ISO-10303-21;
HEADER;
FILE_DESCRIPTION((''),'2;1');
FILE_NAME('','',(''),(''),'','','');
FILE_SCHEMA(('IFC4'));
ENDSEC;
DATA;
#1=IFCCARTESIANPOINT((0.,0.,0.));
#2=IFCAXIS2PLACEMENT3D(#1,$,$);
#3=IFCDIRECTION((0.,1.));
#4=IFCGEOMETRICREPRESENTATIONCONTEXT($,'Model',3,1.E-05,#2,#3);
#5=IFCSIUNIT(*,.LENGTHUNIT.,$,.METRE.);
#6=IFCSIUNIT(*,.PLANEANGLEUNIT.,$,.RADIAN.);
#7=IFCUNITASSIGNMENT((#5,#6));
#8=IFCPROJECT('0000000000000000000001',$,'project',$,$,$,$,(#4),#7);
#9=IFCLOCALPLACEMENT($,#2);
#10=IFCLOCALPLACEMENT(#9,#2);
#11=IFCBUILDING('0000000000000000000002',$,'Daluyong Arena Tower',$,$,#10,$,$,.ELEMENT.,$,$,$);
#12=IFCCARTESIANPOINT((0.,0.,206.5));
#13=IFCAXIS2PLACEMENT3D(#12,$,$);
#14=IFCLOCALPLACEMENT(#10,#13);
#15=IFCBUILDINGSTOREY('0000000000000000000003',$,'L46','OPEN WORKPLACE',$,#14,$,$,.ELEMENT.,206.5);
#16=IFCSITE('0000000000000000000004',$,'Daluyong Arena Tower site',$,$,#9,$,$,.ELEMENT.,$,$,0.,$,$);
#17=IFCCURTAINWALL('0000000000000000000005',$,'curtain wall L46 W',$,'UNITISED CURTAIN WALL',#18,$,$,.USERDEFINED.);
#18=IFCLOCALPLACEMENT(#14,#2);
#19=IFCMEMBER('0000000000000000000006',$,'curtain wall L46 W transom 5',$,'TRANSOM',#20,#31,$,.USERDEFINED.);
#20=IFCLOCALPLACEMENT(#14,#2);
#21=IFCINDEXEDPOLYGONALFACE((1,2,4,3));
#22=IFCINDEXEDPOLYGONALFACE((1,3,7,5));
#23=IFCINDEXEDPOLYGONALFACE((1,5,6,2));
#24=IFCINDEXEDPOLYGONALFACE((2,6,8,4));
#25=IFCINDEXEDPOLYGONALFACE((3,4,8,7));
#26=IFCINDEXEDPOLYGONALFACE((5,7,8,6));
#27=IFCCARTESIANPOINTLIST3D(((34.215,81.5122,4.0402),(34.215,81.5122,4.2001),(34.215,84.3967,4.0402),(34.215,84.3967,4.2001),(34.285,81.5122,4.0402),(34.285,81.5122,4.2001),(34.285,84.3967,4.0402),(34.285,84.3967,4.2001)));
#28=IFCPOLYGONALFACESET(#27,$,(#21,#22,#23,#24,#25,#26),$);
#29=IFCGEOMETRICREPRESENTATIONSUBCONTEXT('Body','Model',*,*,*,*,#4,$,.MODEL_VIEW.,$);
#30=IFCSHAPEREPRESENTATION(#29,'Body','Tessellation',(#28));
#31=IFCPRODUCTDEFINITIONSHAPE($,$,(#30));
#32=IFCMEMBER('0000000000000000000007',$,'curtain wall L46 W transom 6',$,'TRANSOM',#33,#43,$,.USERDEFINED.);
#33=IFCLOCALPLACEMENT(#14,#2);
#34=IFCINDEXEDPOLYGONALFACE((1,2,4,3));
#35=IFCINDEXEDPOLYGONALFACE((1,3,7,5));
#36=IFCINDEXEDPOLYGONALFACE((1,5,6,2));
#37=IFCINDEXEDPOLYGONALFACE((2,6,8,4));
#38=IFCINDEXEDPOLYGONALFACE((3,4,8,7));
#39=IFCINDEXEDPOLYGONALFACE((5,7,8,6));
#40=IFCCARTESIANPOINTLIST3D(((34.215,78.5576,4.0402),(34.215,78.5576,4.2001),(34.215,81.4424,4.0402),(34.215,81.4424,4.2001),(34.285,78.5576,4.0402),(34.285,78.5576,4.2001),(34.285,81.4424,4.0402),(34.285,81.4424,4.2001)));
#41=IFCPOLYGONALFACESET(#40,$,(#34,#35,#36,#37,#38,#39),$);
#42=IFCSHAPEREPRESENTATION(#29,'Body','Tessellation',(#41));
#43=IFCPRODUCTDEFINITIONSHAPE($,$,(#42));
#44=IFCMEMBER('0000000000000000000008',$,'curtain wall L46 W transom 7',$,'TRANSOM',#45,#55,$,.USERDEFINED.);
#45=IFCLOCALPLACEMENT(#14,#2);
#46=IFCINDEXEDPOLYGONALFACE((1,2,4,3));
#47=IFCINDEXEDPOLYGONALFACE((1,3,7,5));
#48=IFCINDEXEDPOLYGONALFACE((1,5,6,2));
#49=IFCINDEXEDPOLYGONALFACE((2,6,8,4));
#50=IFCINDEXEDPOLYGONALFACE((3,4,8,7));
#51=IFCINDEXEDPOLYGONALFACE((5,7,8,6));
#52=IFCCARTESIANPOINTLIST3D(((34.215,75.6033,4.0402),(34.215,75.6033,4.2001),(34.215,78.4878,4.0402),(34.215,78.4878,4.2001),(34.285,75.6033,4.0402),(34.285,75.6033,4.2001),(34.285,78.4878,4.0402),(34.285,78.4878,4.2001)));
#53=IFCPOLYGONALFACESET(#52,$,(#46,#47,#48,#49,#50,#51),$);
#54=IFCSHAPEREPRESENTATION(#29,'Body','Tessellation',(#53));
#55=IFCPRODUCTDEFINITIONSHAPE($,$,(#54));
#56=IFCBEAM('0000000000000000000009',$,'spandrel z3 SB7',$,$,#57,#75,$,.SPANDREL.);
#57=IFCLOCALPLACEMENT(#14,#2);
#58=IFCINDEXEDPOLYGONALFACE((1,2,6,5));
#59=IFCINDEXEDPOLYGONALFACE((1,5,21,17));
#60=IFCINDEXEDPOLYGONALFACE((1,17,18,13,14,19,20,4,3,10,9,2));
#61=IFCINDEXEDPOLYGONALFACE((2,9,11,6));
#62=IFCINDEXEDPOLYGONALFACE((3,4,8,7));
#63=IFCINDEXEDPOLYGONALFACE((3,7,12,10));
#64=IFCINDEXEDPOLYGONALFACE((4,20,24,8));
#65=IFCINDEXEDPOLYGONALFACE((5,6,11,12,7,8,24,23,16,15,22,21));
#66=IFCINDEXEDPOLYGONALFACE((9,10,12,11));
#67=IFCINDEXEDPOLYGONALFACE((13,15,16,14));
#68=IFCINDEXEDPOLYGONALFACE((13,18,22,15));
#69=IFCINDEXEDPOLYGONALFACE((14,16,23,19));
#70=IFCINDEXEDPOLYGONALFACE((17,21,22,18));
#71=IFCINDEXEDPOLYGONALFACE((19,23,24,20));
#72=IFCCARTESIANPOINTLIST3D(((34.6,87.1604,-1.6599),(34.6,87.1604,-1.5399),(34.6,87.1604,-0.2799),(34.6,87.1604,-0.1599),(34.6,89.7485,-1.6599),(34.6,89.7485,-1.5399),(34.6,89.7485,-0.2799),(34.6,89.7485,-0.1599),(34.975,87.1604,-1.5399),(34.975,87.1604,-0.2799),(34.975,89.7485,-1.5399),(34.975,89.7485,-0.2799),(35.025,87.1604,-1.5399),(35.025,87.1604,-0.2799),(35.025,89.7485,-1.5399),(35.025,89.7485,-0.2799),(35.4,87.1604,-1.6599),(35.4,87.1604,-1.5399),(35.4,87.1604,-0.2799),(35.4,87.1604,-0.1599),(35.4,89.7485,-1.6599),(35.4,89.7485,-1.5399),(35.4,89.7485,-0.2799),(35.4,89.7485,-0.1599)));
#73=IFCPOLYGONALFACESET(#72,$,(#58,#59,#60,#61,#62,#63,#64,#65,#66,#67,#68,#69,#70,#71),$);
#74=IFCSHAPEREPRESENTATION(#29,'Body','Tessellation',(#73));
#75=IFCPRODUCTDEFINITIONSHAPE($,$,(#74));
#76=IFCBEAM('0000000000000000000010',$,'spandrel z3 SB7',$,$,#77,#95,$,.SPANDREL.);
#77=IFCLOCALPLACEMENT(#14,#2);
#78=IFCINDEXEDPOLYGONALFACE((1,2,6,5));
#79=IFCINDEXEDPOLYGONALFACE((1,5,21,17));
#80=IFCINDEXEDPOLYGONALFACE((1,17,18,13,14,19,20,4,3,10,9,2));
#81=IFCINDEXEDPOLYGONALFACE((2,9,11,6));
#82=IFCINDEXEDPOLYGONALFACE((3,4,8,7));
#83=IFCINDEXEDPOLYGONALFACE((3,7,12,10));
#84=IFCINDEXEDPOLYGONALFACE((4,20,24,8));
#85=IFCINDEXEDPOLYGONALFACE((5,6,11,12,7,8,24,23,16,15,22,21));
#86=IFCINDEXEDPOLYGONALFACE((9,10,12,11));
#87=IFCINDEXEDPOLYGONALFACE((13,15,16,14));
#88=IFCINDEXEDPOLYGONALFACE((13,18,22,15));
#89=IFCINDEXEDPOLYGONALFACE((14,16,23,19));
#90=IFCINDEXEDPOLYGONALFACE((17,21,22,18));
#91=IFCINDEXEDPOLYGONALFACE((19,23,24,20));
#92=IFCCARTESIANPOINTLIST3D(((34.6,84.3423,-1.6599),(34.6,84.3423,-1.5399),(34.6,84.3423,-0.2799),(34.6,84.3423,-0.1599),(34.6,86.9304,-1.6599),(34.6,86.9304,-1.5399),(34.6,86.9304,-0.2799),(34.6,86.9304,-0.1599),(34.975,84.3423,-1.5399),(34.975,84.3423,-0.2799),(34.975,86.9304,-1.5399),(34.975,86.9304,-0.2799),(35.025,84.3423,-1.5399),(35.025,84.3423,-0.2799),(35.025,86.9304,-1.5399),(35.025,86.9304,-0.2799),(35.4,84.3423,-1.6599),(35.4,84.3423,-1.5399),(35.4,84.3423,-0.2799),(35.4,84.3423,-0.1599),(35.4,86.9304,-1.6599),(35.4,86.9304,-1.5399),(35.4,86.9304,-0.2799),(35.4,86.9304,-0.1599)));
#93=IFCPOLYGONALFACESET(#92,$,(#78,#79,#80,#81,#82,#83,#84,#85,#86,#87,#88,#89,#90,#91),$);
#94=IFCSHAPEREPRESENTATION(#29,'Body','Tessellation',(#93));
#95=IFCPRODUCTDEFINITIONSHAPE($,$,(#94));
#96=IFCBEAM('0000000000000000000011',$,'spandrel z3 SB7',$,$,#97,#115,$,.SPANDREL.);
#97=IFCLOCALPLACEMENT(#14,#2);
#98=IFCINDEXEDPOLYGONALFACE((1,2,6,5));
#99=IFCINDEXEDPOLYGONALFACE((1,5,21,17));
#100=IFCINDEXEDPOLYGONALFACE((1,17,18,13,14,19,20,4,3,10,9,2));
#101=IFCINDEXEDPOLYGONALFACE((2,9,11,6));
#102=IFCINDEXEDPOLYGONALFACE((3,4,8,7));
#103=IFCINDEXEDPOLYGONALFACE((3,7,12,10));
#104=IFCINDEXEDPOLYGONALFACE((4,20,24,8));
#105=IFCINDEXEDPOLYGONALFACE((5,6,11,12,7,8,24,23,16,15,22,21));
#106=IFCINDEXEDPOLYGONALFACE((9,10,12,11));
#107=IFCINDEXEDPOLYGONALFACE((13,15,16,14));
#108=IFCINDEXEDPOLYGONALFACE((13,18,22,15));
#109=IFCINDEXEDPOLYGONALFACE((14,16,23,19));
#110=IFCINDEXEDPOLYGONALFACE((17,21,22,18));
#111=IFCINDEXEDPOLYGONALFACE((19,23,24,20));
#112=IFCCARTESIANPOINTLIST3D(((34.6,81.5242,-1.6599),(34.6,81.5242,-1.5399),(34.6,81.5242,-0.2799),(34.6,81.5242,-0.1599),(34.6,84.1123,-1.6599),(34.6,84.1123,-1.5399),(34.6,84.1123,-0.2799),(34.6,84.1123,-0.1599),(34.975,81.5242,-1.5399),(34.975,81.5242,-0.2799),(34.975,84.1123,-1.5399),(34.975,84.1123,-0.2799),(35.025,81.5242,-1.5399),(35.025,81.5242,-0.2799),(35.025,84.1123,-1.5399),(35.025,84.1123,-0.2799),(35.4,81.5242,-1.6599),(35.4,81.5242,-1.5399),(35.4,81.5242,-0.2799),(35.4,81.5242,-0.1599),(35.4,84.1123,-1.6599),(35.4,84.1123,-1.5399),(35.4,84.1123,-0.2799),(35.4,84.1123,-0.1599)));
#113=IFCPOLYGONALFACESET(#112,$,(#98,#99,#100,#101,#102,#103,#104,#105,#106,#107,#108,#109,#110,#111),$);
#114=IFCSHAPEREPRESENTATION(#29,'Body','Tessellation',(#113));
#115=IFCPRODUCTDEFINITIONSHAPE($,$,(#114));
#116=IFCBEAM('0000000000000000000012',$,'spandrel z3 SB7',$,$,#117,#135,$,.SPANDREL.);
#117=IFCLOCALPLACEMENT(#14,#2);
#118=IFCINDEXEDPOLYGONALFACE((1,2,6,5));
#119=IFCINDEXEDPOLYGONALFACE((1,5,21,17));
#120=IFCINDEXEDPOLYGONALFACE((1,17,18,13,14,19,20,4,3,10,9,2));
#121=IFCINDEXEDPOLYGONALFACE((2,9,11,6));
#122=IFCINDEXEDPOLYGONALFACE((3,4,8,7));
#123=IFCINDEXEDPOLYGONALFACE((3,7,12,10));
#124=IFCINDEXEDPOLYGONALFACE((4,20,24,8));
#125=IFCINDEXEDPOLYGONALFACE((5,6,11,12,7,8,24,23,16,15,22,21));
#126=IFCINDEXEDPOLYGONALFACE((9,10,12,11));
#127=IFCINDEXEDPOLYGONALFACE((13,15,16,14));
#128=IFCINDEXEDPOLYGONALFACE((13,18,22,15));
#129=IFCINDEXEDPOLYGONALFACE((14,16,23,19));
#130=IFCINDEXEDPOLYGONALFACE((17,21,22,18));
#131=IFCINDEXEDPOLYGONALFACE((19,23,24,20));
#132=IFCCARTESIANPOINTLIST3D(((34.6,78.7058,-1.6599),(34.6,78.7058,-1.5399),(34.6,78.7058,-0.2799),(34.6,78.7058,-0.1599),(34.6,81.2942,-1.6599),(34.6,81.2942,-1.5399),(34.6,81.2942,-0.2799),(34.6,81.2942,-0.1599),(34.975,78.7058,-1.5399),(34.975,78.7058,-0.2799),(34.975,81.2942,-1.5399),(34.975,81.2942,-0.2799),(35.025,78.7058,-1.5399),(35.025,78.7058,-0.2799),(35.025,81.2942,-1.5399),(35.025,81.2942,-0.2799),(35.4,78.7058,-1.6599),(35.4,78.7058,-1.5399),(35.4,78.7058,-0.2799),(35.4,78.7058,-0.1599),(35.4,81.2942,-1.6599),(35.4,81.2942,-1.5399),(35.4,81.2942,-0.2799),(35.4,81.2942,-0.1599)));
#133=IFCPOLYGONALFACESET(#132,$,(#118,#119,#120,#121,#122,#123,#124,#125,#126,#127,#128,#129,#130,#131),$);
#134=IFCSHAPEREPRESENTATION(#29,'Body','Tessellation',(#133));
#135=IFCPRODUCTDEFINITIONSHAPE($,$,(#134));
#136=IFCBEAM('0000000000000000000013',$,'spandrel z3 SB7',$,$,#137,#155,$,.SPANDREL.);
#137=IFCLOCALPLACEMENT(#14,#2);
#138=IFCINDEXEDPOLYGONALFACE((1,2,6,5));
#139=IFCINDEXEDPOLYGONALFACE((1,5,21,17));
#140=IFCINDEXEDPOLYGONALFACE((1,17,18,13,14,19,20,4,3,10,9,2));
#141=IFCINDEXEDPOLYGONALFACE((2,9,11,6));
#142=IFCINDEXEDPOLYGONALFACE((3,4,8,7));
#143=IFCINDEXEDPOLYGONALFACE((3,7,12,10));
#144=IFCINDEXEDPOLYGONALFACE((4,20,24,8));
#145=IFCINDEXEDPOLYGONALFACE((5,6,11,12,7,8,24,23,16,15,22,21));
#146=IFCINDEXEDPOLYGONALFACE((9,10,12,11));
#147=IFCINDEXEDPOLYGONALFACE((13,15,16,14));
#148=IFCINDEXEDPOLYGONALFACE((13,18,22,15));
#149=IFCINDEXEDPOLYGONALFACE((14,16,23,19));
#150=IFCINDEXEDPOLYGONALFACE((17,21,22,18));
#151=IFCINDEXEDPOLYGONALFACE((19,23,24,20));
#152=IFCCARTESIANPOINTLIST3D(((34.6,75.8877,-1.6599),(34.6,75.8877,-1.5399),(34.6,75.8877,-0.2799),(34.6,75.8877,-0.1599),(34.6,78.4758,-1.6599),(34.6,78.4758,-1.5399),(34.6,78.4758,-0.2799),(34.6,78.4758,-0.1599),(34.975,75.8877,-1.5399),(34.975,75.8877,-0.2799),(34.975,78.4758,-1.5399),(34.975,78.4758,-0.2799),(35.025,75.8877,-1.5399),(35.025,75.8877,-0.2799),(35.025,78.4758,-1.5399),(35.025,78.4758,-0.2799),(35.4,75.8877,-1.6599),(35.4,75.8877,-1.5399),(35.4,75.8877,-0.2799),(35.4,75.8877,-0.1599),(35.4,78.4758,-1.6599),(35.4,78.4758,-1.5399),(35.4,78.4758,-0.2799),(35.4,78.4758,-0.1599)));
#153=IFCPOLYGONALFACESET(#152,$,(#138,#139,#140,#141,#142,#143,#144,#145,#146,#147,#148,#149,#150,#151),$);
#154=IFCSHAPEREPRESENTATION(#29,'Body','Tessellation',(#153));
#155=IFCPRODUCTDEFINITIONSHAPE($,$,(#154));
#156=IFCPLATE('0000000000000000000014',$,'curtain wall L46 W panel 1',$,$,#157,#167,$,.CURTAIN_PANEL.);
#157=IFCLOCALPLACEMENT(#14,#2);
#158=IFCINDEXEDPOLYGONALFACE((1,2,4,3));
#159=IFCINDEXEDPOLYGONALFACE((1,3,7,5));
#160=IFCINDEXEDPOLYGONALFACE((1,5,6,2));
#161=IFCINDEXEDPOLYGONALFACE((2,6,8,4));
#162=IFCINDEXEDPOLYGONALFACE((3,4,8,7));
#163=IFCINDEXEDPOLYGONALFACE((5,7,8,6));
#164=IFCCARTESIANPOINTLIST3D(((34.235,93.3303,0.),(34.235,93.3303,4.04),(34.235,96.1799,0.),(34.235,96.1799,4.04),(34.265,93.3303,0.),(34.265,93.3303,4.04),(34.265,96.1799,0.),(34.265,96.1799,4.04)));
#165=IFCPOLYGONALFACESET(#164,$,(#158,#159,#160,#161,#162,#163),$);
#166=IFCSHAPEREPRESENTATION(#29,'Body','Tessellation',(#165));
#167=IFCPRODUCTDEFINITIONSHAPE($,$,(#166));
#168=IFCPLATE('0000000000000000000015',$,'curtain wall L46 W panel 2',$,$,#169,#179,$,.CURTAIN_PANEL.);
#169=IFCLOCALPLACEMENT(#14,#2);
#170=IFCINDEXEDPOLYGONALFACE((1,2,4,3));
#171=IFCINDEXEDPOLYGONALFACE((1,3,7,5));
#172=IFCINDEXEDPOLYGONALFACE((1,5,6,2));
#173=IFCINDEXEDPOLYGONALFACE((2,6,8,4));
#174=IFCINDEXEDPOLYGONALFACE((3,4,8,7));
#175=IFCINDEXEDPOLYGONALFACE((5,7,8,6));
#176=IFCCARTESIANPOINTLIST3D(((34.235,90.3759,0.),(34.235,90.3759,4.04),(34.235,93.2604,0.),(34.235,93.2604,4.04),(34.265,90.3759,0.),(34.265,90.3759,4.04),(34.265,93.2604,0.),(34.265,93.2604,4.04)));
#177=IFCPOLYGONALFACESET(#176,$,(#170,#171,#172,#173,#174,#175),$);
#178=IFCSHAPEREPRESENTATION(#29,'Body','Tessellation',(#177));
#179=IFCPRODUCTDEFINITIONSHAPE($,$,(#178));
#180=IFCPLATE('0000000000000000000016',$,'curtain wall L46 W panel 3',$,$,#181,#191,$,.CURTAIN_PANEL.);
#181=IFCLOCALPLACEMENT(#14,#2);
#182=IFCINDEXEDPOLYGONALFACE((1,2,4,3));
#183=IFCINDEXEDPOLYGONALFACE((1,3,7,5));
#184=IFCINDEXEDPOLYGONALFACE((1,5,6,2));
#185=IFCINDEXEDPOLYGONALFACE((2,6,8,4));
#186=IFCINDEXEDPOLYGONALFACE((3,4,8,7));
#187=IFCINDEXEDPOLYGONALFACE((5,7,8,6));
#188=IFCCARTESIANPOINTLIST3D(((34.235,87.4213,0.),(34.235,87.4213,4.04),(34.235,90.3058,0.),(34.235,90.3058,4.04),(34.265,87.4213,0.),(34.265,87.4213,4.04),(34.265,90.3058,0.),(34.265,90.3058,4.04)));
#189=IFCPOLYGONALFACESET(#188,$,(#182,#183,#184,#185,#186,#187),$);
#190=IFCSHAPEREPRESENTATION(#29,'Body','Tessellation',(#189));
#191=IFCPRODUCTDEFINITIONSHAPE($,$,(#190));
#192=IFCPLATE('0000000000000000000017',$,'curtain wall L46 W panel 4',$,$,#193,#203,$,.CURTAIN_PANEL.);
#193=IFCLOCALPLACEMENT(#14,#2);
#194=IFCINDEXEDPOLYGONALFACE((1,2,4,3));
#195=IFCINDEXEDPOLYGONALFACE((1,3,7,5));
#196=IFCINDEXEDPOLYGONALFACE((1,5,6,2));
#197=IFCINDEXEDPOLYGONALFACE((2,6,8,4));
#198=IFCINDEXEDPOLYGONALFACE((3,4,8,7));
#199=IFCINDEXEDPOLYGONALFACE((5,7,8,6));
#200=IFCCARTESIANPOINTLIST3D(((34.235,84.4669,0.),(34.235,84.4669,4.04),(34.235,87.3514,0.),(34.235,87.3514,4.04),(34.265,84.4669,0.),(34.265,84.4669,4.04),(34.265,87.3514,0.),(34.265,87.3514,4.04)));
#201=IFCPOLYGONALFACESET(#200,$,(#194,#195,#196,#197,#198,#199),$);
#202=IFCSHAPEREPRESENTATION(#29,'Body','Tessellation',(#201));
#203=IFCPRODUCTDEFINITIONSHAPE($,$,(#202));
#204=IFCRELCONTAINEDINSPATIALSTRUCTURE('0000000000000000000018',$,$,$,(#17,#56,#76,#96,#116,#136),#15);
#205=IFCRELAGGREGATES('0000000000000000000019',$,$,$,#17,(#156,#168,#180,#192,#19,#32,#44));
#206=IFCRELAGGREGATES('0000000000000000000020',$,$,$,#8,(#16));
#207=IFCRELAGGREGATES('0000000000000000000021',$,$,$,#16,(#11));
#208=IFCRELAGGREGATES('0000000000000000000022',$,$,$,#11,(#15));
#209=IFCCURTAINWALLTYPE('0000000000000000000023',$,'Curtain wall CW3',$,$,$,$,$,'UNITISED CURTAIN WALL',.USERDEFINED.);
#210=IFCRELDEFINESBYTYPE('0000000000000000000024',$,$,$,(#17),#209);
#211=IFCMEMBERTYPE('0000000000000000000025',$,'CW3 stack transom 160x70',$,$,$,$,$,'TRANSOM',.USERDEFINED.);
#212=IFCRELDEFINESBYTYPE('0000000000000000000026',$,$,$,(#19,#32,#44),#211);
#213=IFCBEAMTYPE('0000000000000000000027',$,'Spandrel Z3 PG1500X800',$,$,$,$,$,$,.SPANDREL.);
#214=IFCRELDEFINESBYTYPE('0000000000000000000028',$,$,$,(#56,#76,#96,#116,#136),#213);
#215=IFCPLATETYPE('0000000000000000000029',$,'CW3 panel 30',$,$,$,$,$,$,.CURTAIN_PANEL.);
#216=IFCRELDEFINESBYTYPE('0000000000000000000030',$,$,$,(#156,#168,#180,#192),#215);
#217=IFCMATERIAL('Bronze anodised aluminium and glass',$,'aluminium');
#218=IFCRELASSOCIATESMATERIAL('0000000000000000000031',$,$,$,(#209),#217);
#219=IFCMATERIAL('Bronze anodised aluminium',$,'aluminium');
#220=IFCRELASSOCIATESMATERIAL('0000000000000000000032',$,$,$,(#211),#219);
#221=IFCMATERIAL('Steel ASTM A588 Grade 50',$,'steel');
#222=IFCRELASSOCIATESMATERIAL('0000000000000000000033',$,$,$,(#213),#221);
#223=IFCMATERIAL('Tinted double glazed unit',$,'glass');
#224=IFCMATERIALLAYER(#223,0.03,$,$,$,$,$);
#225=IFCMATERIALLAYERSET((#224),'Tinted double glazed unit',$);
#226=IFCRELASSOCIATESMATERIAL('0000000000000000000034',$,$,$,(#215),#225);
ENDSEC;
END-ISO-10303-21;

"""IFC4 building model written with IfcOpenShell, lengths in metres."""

from ifc_helpers import new_model, si_unit, direction, frame, origin, origin_2d, place, context, subcontext, project, spatial, rectangle, i_section, extrude, material, layer, layer_set, material_profile, profile_set, type_object, element, aggregate, save


model = new_model("IFC4")

# Units and contexts
model_context = context("Model", 3, precision=1e-05, world=origin(), true_north=direction((0.0, 1.0)))
body_context = subcontext(model_context, "Body", "Model", "MODEL_VIEW")
ifc_project = project(units=[si_unit("LENGTHUNIT", "METRE"), si_unit("PLANEANGLEUNIT", "RADIAN")], contexts=[model_context])

# Site, building, storey
site_placement = place(None, origin())
site = spatial("IfcSite", under=ifc_project, at=site_placement, Name="Daluyong Arena Tower site", CompositionType="ELEMENT", RefElevation=0.0)
building_placement = place(site_placement, origin())
building = spatial("IfcBuilding", under=site, at=building_placement, Name="Daluyong Arena Tower", CompositionType="ELEMENT")
storey_placement = place(building_placement, frame((0.0, 0.0, 206.5)))
storey = spatial("IfcBuildingStorey", under=building, at=storey_placement, Name="L46", Description="OPEN WORKPLACE", CompositionType="ELEMENT", Elevation=206.5)

# Curtain wall, members
ifc_material_1 = material(Name="Bronze anodised aluminium and glass", Category="aluminium")
curtain_wall_type = type_object("IfcCurtainWallType", Name="Curtain wall CW3", ElementType="UNITISED CURTAIN WALL", PredefinedType="USERDEFINED", material=ifc_material_1)
curtain_wall_placement = place(storey_placement, origin())
curtain_wall = element("IfcCurtainWall", 1, at=curtain_wall_placement, inside=storey, type_object=curtain_wall_type, Name="curtain wall L46 W", ObjectType="UNITISED CURTAIN WALL", PredefinedType="USERDEFINED")
ifc_material_2 = material(Name="Bronze anodised aluminium", Category="aluminium")
ifc_material_profile_1 = material_profile(ifc_material_2, rectangle(XDim=0.0701, YDim=0.1599, at=origin_2d()))
ifc_profile_set_1 = profile_set([ifc_material_profile_1], Name="Bronze anodised aluminium")
member_type_1 = type_object("IfcMemberType", Name="CW3 stack transom 160x70", ElementType="TRANSOM", PredefinedType="USERDEFINED", material=ifc_profile_set_1)
member_1_placement = place(storey_placement, frame((34.25, 84.3967, 4.1201), z_axis=(0.0, -1.0, 0.0), x_axis=(1.0, 0.0, 0.0)))
member_1 = element("IfcMember", 2, at=member_1_placement, type_object=member_type_1, Name="curtain wall L46 W transom 5", ObjectType="TRANSOM", PredefinedType="USERDEFINED", context=body_context, shape_type="SweptSolid", body=[
    extrude(rectangle(XDim=0.0701, YDim=0.1599, at=origin_2d()), origin(), (0.0, 0.0, 1.0), 2.8845),
])
member_2_placement = place(storey_placement, frame((34.25, 81.4424, 4.1201), z_axis=(0.0, -1.0, 0.0), x_axis=(1.0, 0.0, 0.0)))
member_2 = element("IfcMember", 3, at=member_2_placement, type_object=member_type_1, Name="curtain wall L46 W transom 6", ObjectType="TRANSOM", PredefinedType="USERDEFINED", context=body_context, shape_type="SweptSolid", body=[
    extrude(rectangle(XDim=0.0701, YDim=0.1599, at=origin_2d()), origin(), (0.0, 0.0, 1.0), 2.8848),
])
member_3_placement = place(storey_placement, frame((34.25, 78.4878, 4.1201), z_axis=(0.0, -1.0, 0.0), x_axis=(1.0, 0.0, 0.0)))
member_3 = element("IfcMember", 4, at=member_3_placement, type_object=member_type_1, Name="curtain wall L46 W transom 7", ObjectType="TRANSOM", PredefinedType="USERDEFINED", context=body_context, shape_type="SweptSolid", body=[
    extrude(rectangle(XDim=0.0701, YDim=0.1599, at=origin_2d()), origin(), (0.0, 0.0, 1.0), 2.8845),
])

# Beams
ifc_material_3 = material(Name="Steel ASTM A588 Grade 50", Category="steel")
ifc_material_profile_2 = material_profile(ifc_material_3, i_section(OverallWidth=0.8, OverallDepth=1.5, WebThickness=0.05, FlangeThickness=0.12, at=origin_2d()))
ifc_profile_set_2 = profile_set([ifc_material_profile_2], Name="Steel ASTM A588 Grade 50")
beam_type = type_object("IfcBeamType", Name="Spandrel Z3 PG1500X800", PredefinedType="SPANDREL", material=ifc_profile_set_2)
for number, where, z_axis, x_axis, name in (
    (5, (35.0, 89.7485, -0.9099), (0.0, -1.0, 0.0), (1.0, 0.0, 0.0), "spandrel z3 SB7"),
    (6, (35.0, 86.9304, -0.9099), (0.0, -1.0, 0.0), (1.0, 0.0, 0.0), "spandrel z3 SB7"),
    (7, (35.0, 84.1123, -0.9099), (0.0, -1.0, 0.0), (1.0, 0.0, 0.0), "spandrel z3 SB7"),
):
    element("IfcBeam", number, at=place(storey_placement, frame(where, z_axis=z_axis, x_axis=x_axis)), inside=storey, type_object=beam_type, Name=name, PredefinedType="SPANDREL", context=body_context, shape_type="SweptSolid", body=[
        extrude(i_section(OverallWidth=0.8, OverallDepth=1.5, WebThickness=0.05, FlangeThickness=0.12, at=origin_2d()), origin(), (0.0, 0.0, 1.0), 2.5881),
    ])
beam_1_placement = place(storey_placement, frame((35.0, 81.2942, -0.9099), z_axis=(0.0, -1.0, 0.0), x_axis=(1.0, 0.0, 0.0)))
element("IfcBeam", 8, at=beam_1_placement, inside=storey, type_object=beam_type, Name="spandrel z3 SB7", PredefinedType="SPANDREL", context=body_context, shape_type="SweptSolid", body=[
    extrude(i_section(OverallWidth=0.8, OverallDepth=1.5, WebThickness=0.05, FlangeThickness=0.12, at=origin_2d()), origin(), (0.0, 0.0, 1.0), 2.5884),
])
beam_2_placement = place(storey_placement, frame((35.0, 78.4758, -0.9099), z_axis=(0.0, -1.0, 0.0), x_axis=(1.0, 0.0, 0.0)))
element("IfcBeam", 9, at=beam_2_placement, inside=storey, type_object=beam_type, Name="spandrel z3 SB7", PredefinedType="SPANDREL", context=body_context, shape_type="SweptSolid", body=[
    extrude(i_section(OverallWidth=0.8, OverallDepth=1.5, WebThickness=0.05, FlangeThickness=0.12, at=origin_2d()), origin(), (0.0, 0.0, 1.0), 2.5881),
])

# Plates
ifc_material_4 = material(Name="Tinted double glazed unit", Category="glass")
ifc_layer = layer(ifc_material_4, 0.03)
ifc_layer_set = layer_set([ifc_layer], Name="Tinted double glazed unit")
plate_type = type_object("IfcPlateType", Name="CW3 panel 30", PredefinedType="CURTAIN_PANEL", material=ifc_layer_set)
plate_1_placement = place(storey_placement, frame((34.25, 94.7551, 0.0), z_axis=(0.0, 0.0, 1.0), x_axis=(0.0, -1.0, 0.0)))
plate_1 = element("IfcPlate", 10, at=plate_1_placement, type_object=plate_type, Name="curtain wall L46 W panel 1", PredefinedType="CURTAIN_PANEL", context=body_context, shape_type="SweptSolid", body=[
    extrude(rectangle(XDim=2.8496, YDim=0.03, at=origin_2d()), origin(), (0.0, 0.0, 1.0), 4.04),
])
plate_2_placement = place(storey_placement, frame((34.25, 91.8181, 0.0), z_axis=(0.0, 0.0, 1.0), x_axis=(0.0, -1.0, 0.0)))
plate_2 = element("IfcPlate", 11, at=plate_2_placement, type_object=plate_type, Name="curtain wall L46 W panel 2", PredefinedType="CURTAIN_PANEL", context=body_context, shape_type="SweptSolid", body=[
    extrude(rectangle(XDim=2.8845, YDim=0.03, at=origin_2d()), origin(), (0.0, 0.0, 1.0), 4.04),
])
plate_3_placement = place(storey_placement, frame((34.25, 88.8635, 0.0), z_axis=(0.0, 0.0, 1.0), x_axis=(0.0, -1.0, 0.0)))
plate_3 = element("IfcPlate", 12, at=plate_3_placement, type_object=plate_type, Name="curtain wall L46 W panel 3", PredefinedType="CURTAIN_PANEL", context=body_context, shape_type="SweptSolid", body=[
    extrude(rectangle(XDim=2.8845, YDim=0.03, at=origin_2d()), origin(), (0.0, 0.0, 1.0), 4.04),
])
plate_4_placement = place(storey_placement, frame((34.25, 85.9092, 0.0), z_axis=(0.0, 0.0, 1.0), x_axis=(0.0, -1.0, 0.0)))
plate_4 = element("IfcPlate", 13, at=plate_4_placement, type_object=plate_type, Name="curtain wall L46 W panel 4", PredefinedType="CURTAIN_PANEL", context=body_context, shape_type="SweptSolid", body=[
    extrude(rectangle(XDim=2.8845, YDim=0.03, at=origin_2d()), origin(), (0.0, 0.0, 1.0), 4.04),
])
aggregate(curtain_wall, [plate_1, plate_2, plate_3, plate_4, member_1, member_2, member_3])

save(model, "model.ifc")
